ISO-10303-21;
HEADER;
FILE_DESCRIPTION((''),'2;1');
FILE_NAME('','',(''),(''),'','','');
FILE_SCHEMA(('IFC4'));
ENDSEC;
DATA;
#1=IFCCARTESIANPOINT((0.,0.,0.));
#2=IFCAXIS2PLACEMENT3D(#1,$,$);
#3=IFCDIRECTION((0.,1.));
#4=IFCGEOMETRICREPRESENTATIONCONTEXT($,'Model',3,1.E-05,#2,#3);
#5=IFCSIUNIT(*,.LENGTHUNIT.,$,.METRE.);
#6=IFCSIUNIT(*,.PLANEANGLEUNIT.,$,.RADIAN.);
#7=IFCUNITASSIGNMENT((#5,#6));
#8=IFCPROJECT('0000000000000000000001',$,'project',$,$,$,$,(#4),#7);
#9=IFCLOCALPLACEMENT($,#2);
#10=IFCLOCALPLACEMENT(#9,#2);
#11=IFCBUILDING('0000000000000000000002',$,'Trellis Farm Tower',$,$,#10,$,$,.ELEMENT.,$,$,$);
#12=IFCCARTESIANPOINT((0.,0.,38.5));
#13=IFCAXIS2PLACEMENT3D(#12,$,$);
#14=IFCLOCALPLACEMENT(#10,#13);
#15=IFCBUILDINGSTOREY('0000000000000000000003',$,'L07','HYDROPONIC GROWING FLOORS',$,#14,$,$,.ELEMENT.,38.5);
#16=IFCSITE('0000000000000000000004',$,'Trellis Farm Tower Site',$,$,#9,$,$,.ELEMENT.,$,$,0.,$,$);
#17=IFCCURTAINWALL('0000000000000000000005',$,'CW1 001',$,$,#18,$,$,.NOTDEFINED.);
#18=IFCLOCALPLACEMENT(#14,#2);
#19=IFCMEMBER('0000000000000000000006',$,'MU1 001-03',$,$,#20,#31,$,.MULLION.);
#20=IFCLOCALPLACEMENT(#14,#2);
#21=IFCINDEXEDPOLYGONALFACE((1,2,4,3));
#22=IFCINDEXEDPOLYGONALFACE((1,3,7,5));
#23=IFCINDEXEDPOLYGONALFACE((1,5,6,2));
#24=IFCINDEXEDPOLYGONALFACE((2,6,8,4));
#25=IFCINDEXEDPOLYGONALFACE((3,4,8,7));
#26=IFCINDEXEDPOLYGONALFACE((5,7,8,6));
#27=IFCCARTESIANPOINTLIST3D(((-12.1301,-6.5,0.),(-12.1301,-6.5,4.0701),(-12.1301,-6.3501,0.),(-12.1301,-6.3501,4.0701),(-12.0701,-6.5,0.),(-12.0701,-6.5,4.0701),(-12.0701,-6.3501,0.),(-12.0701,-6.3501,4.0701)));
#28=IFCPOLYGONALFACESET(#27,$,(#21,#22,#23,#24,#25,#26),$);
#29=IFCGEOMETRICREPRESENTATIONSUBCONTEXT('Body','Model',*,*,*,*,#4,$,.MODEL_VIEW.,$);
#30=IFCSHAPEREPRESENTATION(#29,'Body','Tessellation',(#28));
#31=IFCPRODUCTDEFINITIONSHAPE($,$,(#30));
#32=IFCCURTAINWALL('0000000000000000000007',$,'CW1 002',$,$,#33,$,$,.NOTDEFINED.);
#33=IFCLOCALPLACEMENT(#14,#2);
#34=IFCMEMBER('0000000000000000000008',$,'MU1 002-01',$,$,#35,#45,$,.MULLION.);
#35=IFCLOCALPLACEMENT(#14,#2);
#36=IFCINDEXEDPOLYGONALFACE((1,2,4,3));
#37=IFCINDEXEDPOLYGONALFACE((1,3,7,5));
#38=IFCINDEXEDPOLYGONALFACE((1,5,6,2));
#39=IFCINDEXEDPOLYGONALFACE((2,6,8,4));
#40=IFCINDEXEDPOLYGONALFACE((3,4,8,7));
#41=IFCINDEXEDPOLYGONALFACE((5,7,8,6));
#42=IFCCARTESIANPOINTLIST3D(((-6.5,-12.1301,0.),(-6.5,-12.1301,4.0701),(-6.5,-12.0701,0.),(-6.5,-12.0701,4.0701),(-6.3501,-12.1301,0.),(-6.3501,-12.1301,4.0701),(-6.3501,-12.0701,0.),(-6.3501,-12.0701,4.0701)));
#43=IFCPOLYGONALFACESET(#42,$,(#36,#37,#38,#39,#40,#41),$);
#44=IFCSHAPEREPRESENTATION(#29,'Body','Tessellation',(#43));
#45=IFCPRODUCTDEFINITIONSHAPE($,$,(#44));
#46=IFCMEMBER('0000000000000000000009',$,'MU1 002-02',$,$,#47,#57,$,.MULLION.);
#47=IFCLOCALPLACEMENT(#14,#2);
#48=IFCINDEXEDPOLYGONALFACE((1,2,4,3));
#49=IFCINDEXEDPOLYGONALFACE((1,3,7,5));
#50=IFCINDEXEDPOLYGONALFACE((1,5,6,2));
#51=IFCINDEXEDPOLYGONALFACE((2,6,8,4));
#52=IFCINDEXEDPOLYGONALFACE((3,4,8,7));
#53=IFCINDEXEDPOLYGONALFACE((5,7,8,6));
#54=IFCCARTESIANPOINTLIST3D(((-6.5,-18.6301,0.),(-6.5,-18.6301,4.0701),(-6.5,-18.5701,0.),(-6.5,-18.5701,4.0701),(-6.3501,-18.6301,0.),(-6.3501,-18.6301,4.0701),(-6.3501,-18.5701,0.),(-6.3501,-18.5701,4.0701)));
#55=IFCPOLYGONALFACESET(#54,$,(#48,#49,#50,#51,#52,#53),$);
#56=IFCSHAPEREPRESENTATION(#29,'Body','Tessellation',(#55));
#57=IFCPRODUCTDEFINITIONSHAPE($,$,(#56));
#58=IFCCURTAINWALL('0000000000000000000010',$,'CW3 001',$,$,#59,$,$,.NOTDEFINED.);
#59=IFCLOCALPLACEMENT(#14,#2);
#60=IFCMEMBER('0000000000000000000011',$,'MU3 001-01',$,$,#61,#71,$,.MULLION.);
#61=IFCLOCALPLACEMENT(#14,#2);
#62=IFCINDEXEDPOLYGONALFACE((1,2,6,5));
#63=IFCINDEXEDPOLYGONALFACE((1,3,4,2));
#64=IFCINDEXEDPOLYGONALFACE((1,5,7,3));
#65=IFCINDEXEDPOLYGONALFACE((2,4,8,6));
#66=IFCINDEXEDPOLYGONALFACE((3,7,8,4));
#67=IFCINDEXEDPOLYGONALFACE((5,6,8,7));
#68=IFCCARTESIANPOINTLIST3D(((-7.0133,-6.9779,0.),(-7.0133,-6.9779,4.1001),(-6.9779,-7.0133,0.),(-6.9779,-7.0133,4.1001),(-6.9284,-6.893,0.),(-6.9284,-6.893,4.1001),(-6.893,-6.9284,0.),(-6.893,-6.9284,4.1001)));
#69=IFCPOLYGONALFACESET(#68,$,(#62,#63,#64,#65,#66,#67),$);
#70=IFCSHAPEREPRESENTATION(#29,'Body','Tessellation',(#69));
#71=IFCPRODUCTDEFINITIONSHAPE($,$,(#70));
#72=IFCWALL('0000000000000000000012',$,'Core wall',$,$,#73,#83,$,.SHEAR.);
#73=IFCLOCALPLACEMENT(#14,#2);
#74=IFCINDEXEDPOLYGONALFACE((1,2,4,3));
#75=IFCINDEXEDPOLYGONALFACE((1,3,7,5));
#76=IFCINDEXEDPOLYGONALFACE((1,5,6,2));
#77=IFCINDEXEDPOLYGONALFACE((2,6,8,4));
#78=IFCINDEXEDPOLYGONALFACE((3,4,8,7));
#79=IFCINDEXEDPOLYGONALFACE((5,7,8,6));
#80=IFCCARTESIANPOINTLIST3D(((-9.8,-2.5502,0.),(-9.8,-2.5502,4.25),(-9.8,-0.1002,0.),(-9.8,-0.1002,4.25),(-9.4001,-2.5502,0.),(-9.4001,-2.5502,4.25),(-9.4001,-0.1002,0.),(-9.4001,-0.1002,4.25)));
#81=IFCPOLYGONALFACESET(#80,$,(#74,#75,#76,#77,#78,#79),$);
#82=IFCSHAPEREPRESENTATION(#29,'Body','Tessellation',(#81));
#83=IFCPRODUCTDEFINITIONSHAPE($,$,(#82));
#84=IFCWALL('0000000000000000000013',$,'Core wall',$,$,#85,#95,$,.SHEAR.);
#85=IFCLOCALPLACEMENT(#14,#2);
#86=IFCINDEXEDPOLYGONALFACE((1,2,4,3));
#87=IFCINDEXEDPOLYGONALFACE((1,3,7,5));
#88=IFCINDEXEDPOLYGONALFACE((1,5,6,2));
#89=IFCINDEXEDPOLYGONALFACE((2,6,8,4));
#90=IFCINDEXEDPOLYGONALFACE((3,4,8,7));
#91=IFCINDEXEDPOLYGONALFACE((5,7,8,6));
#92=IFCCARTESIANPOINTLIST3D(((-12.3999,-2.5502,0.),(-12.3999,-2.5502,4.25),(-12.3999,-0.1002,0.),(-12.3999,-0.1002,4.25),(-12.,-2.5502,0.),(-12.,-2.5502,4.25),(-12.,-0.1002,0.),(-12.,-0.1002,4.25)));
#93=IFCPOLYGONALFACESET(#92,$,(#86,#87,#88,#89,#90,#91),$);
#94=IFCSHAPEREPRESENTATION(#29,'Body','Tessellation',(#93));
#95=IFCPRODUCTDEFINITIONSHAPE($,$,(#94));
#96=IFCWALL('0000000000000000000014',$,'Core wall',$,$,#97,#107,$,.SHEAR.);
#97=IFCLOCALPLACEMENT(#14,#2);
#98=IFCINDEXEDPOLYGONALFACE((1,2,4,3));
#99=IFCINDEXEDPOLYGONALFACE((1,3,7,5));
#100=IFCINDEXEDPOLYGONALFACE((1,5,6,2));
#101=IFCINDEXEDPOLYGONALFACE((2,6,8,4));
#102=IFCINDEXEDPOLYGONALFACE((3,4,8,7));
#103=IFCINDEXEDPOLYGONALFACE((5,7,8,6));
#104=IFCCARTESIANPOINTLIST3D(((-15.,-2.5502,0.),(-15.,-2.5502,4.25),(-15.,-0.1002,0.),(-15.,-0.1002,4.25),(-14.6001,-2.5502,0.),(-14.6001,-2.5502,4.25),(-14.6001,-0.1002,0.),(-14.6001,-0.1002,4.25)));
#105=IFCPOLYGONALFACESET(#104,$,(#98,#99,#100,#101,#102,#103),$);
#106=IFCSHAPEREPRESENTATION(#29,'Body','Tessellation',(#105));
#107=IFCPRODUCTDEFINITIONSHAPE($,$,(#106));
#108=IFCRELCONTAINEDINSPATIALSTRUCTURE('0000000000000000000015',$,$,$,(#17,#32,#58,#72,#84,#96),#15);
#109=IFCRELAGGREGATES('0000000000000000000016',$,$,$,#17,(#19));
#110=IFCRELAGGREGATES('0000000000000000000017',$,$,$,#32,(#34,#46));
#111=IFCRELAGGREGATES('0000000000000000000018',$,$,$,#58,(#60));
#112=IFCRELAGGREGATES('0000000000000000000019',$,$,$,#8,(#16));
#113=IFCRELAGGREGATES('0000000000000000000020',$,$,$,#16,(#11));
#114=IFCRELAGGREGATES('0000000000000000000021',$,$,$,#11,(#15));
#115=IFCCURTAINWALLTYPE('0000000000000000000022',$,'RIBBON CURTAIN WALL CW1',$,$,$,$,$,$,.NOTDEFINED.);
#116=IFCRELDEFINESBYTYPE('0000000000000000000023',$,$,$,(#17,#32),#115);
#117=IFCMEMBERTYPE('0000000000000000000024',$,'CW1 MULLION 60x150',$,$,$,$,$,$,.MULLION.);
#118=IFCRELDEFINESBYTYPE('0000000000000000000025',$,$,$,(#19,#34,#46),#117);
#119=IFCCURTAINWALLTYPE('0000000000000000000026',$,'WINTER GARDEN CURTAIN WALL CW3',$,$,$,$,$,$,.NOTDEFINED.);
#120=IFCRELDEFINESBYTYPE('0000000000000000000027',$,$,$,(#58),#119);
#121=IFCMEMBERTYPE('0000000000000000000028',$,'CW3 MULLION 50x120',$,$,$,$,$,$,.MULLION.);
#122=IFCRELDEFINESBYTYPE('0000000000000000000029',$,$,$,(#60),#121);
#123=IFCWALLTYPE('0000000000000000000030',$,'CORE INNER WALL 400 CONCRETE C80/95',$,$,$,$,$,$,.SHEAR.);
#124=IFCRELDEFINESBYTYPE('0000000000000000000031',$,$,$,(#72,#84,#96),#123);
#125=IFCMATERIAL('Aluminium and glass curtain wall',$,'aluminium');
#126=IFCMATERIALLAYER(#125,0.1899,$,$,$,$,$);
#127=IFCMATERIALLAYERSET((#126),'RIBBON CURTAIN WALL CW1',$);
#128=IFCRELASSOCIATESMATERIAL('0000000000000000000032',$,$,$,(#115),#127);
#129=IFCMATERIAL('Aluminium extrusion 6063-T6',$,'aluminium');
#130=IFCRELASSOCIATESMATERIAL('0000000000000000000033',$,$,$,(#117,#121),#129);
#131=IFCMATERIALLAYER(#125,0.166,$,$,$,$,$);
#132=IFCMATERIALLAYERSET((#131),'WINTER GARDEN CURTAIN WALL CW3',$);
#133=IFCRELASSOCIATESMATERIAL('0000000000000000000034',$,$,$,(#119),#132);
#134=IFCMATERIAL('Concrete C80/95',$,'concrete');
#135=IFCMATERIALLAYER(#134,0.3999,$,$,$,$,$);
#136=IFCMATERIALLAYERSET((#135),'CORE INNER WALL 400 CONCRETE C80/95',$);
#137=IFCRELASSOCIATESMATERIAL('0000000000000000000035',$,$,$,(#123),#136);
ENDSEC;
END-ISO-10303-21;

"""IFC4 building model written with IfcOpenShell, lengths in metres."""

from ifc_helpers import new_model, si_unit, direction, frame, frame_2d, origin, origin_2d, place, context, subcontext, project, spatial, rectangle, extrude, source, transform, mapped, material, layer, layer_set, material_profile, profile_set, type_object, element, aggregate, save


model = new_model("IFC4")

# Units and contexts
model_context = context("Model", 3, precision=1e-05, world=origin(), true_north=direction((0.0, 1.0)))
body_context = subcontext(model_context, "Body", "Model", "MODEL_VIEW")
ifc_project = project(units=[si_unit("LENGTHUNIT", "METRE"), si_unit("PLANEANGLEUNIT", "RADIAN")], contexts=[model_context])

# Site, building, storey
site_placement = place(None, origin())
site = spatial("IfcSite", under=ifc_project, at=site_placement, Name="Trellis Farm Tower Site", CompositionType="ELEMENT", RefElevation=0.0)
building_placement = place(site_placement, origin())
building = spatial("IfcBuilding", under=site, at=building_placement, Name="Trellis Farm Tower", CompositionType="ELEMENT")
storey_placement = place(building_placement, frame((0.0, 0.0, 38.5)))
storey = spatial("IfcBuildingStorey", under=building, at=storey_placement, Name="L07", Description="HYDROPONIC GROWING FLOORS", CompositionType="ELEMENT", Elevation=38.5)

# Shared definitions
ifc_material_1 = material(Name="Concrete C80/95", Category="concrete")

# Curtain wall, member
ifc_material_2 = material(Name="Aluminium and glass curtain wall", Category="aluminium")
ifc_layer_1 = layer(ifc_material_2, 0.1899)
ifc_layer_set_1 = layer_set([ifc_layer_1], Name="RIBBON CURTAIN WALL CW1")
curtain_wall_type_1 = type_object("IfcCurtainWallType", Name="RIBBON CURTAIN WALL CW1", PredefinedType="NOTDEFINED", material=ifc_layer_set_1)
placement = place(storey_placement, origin())
curtain_wall_1 = element("IfcCurtainWall", 1, at=placement, inside=storey, type_object=curtain_wall_type_1, Name="CW1 001", PredefinedType="NOTDEFINED")
ifc_material_3 = material(Name="Aluminium extrusion 6063-T6", Category="aluminium")
ifc_material_profile_1 = material_profile(ifc_material_3, rectangle(XDim=0.0601, YDim=0.1499, at=origin_2d()), Name="MULLION 60x150")
ifc_profile_set_1 = profile_set([ifc_material_profile_1], Name="Aluminium extrusion 6063-T6")
member_type_1 = type_object("IfcMemberType", Name="CW1 MULLION 60x150", PredefinedType="MULLION", material=ifc_profile_set_1)
shared_shape_1 = source(origin(), body_context, "Body", "SweptSolid", [
    extrude(rectangle(XDim=0.0601, YDim=0.1499, at=origin_2d()), origin(), (0.0, 0.0, 1.0), 4.0701),
])
member_1_placement = place(storey_placement, frame((-12.1001, -6.425, 0.0), z_axis=(0.0, 0.0, 1.0), x_axis=(1.0, 0.0, 0.0)))
member_1 = element("IfcMember", 2, at=member_1_placement, type_object=member_type_1, Name="MU1 001-03", PredefinedType="MULLION", context=body_context, shape_type="MappedRepresentation", body=[
    mapped(shared_shape_1, transform((0.0, 0.0, 0.0))),
])
aggregate(curtain_wall_1, [member_1])

# Curtain wall, members
curtain_wall_2 = element("IfcCurtainWall", 3, at=placement, inside=storey, type_object=curtain_wall_type_1, Name="CW1 002", PredefinedType="NOTDEFINED")
member_2_placement = place(storey_placement, frame((-6.425, -12.1001, 0.0), z_axis=(0.0, 0.0, 1.0), x_axis=(0.0, -1.0, 0.0)))
member_2 = element("IfcMember", 4, at=member_2_placement, type_object=member_type_1, Name="MU1 002-01", PredefinedType="MULLION", context=body_context, shape_type="MappedRepresentation", body=[
    mapped(shared_shape_1, transform((0.0, 0.0, 0.0))),
])
member_3_placement = place(storey_placement, frame((-6.425, -18.6001, 0.0), z_axis=(0.0, 0.0, 1.0), x_axis=(0.0, -1.0, 0.0)))
member_3 = element("IfcMember", 5, at=member_3_placement, type_object=member_type_1, Name="MU1 002-02", PredefinedType="MULLION", context=body_context, shape_type="MappedRepresentation", body=[
    mapped(shared_shape_1, transform((0.0, 0.0, 0.0))),
])
aggregate(curtain_wall_2, [member_2, member_3])

# Curtain wall, member
ifc_layer_2 = layer(ifc_material_2, 0.166)
ifc_layer_set_2 = layer_set([ifc_layer_2], Name="WINTER GARDEN CURTAIN WALL CW3")
curtain_wall_type_2 = type_object("IfcCurtainWallType", Name="WINTER GARDEN CURTAIN WALL CW3", PredefinedType="NOTDEFINED", material=ifc_layer_set_2)
curtain_wall_3 = element("IfcCurtainWall", 6, at=placement, inside=storey, type_object=curtain_wall_type_2, Name="CW3 001", PredefinedType="NOTDEFINED")
ifc_material_profile_2 = material_profile(ifc_material_3, rectangle(XDim=0.05, YDim=0.1201, at=origin_2d()), Name="MULLION 50x120")
ifc_profile_set_2 = profile_set([ifc_material_profile_2], Name="Aluminium extrusion 6063-T6")
member_type_2 = type_object("IfcMemberType", Name="CW3 MULLION 50x120", PredefinedType="MULLION", material=ifc_profile_set_2)
shared_shape_2 = source(origin(), body_context, "Body", "SweptSolid", [
    extrude(rectangle(XDim=0.05, YDim=0.1201, at=origin_2d()), origin(), (0.0, 0.0, 1.0), 4.1001),
])
member_4_placement = place(storey_placement, frame((-6.9531, -6.9531, 0.0), z_axis=(0.0, 0.0, 1.0), x_axis=(0.707107, -0.707107, 0.0)))
member_4 = element("IfcMember", 7, at=member_4_placement, type_object=member_type_2, Name="MU3 001-01", PredefinedType="MULLION", context=body_context, shape_type="MappedRepresentation", body=[
    mapped(shared_shape_2, transform((0.0, 0.0, 0.0))),
])
aggregate(curtain_wall_3, [member_4])

# Walls
ifc_layer_3 = layer(ifc_material_1, 0.3999)
ifc_layer_set_3 = layer_set([ifc_layer_3], Name="CORE INNER WALL 400 CONCRETE C80/95")
wall_type_1 = type_object("IfcWallType", Name="CORE INNER WALL 400 CONCRETE C80/95", PredefinedType="SHEAR", material=ifc_layer_set_3)
shared_shape_3 = source(origin(), body_context, "Body", "SweptSolid", [
    extrude(rectangle(XDim=2.45, YDim=0.3999, at=frame_2d((1.2251, 0.0))), origin(), (0.0, 0.0, 1.0), 4.25),
])
for number, where, z_axis, x_axis, name in (
    (8, (-9.6001, -0.1001, 0.0), (0.0, 0.0, 1.0), (0.0, -1.0, 0.0), "Core wall"),
    (9, (-12.2, -0.1001, 0.0), (0.0, 0.0, 1.0), (0.0, -1.0, 0.0), "Core wall"),
    (10, (-14.8, -0.1001, 0.0), (0.0, 0.0, 1.0), (0.0, -1.0, 0.0), "Core wall"),
):
    element("IfcWall", number, at=place(storey_placement, frame(where, z_axis=z_axis, x_axis=x_axis)), inside=storey, type_object=wall_type_1, Name=name, PredefinedType="SHEAR", context=body_context, shape_type="MappedRepresentation", body=[
        mapped(shared_shape_3, transform((0.0, 0.0, 0.0))),
    ])

save(model, "model.ifc")
